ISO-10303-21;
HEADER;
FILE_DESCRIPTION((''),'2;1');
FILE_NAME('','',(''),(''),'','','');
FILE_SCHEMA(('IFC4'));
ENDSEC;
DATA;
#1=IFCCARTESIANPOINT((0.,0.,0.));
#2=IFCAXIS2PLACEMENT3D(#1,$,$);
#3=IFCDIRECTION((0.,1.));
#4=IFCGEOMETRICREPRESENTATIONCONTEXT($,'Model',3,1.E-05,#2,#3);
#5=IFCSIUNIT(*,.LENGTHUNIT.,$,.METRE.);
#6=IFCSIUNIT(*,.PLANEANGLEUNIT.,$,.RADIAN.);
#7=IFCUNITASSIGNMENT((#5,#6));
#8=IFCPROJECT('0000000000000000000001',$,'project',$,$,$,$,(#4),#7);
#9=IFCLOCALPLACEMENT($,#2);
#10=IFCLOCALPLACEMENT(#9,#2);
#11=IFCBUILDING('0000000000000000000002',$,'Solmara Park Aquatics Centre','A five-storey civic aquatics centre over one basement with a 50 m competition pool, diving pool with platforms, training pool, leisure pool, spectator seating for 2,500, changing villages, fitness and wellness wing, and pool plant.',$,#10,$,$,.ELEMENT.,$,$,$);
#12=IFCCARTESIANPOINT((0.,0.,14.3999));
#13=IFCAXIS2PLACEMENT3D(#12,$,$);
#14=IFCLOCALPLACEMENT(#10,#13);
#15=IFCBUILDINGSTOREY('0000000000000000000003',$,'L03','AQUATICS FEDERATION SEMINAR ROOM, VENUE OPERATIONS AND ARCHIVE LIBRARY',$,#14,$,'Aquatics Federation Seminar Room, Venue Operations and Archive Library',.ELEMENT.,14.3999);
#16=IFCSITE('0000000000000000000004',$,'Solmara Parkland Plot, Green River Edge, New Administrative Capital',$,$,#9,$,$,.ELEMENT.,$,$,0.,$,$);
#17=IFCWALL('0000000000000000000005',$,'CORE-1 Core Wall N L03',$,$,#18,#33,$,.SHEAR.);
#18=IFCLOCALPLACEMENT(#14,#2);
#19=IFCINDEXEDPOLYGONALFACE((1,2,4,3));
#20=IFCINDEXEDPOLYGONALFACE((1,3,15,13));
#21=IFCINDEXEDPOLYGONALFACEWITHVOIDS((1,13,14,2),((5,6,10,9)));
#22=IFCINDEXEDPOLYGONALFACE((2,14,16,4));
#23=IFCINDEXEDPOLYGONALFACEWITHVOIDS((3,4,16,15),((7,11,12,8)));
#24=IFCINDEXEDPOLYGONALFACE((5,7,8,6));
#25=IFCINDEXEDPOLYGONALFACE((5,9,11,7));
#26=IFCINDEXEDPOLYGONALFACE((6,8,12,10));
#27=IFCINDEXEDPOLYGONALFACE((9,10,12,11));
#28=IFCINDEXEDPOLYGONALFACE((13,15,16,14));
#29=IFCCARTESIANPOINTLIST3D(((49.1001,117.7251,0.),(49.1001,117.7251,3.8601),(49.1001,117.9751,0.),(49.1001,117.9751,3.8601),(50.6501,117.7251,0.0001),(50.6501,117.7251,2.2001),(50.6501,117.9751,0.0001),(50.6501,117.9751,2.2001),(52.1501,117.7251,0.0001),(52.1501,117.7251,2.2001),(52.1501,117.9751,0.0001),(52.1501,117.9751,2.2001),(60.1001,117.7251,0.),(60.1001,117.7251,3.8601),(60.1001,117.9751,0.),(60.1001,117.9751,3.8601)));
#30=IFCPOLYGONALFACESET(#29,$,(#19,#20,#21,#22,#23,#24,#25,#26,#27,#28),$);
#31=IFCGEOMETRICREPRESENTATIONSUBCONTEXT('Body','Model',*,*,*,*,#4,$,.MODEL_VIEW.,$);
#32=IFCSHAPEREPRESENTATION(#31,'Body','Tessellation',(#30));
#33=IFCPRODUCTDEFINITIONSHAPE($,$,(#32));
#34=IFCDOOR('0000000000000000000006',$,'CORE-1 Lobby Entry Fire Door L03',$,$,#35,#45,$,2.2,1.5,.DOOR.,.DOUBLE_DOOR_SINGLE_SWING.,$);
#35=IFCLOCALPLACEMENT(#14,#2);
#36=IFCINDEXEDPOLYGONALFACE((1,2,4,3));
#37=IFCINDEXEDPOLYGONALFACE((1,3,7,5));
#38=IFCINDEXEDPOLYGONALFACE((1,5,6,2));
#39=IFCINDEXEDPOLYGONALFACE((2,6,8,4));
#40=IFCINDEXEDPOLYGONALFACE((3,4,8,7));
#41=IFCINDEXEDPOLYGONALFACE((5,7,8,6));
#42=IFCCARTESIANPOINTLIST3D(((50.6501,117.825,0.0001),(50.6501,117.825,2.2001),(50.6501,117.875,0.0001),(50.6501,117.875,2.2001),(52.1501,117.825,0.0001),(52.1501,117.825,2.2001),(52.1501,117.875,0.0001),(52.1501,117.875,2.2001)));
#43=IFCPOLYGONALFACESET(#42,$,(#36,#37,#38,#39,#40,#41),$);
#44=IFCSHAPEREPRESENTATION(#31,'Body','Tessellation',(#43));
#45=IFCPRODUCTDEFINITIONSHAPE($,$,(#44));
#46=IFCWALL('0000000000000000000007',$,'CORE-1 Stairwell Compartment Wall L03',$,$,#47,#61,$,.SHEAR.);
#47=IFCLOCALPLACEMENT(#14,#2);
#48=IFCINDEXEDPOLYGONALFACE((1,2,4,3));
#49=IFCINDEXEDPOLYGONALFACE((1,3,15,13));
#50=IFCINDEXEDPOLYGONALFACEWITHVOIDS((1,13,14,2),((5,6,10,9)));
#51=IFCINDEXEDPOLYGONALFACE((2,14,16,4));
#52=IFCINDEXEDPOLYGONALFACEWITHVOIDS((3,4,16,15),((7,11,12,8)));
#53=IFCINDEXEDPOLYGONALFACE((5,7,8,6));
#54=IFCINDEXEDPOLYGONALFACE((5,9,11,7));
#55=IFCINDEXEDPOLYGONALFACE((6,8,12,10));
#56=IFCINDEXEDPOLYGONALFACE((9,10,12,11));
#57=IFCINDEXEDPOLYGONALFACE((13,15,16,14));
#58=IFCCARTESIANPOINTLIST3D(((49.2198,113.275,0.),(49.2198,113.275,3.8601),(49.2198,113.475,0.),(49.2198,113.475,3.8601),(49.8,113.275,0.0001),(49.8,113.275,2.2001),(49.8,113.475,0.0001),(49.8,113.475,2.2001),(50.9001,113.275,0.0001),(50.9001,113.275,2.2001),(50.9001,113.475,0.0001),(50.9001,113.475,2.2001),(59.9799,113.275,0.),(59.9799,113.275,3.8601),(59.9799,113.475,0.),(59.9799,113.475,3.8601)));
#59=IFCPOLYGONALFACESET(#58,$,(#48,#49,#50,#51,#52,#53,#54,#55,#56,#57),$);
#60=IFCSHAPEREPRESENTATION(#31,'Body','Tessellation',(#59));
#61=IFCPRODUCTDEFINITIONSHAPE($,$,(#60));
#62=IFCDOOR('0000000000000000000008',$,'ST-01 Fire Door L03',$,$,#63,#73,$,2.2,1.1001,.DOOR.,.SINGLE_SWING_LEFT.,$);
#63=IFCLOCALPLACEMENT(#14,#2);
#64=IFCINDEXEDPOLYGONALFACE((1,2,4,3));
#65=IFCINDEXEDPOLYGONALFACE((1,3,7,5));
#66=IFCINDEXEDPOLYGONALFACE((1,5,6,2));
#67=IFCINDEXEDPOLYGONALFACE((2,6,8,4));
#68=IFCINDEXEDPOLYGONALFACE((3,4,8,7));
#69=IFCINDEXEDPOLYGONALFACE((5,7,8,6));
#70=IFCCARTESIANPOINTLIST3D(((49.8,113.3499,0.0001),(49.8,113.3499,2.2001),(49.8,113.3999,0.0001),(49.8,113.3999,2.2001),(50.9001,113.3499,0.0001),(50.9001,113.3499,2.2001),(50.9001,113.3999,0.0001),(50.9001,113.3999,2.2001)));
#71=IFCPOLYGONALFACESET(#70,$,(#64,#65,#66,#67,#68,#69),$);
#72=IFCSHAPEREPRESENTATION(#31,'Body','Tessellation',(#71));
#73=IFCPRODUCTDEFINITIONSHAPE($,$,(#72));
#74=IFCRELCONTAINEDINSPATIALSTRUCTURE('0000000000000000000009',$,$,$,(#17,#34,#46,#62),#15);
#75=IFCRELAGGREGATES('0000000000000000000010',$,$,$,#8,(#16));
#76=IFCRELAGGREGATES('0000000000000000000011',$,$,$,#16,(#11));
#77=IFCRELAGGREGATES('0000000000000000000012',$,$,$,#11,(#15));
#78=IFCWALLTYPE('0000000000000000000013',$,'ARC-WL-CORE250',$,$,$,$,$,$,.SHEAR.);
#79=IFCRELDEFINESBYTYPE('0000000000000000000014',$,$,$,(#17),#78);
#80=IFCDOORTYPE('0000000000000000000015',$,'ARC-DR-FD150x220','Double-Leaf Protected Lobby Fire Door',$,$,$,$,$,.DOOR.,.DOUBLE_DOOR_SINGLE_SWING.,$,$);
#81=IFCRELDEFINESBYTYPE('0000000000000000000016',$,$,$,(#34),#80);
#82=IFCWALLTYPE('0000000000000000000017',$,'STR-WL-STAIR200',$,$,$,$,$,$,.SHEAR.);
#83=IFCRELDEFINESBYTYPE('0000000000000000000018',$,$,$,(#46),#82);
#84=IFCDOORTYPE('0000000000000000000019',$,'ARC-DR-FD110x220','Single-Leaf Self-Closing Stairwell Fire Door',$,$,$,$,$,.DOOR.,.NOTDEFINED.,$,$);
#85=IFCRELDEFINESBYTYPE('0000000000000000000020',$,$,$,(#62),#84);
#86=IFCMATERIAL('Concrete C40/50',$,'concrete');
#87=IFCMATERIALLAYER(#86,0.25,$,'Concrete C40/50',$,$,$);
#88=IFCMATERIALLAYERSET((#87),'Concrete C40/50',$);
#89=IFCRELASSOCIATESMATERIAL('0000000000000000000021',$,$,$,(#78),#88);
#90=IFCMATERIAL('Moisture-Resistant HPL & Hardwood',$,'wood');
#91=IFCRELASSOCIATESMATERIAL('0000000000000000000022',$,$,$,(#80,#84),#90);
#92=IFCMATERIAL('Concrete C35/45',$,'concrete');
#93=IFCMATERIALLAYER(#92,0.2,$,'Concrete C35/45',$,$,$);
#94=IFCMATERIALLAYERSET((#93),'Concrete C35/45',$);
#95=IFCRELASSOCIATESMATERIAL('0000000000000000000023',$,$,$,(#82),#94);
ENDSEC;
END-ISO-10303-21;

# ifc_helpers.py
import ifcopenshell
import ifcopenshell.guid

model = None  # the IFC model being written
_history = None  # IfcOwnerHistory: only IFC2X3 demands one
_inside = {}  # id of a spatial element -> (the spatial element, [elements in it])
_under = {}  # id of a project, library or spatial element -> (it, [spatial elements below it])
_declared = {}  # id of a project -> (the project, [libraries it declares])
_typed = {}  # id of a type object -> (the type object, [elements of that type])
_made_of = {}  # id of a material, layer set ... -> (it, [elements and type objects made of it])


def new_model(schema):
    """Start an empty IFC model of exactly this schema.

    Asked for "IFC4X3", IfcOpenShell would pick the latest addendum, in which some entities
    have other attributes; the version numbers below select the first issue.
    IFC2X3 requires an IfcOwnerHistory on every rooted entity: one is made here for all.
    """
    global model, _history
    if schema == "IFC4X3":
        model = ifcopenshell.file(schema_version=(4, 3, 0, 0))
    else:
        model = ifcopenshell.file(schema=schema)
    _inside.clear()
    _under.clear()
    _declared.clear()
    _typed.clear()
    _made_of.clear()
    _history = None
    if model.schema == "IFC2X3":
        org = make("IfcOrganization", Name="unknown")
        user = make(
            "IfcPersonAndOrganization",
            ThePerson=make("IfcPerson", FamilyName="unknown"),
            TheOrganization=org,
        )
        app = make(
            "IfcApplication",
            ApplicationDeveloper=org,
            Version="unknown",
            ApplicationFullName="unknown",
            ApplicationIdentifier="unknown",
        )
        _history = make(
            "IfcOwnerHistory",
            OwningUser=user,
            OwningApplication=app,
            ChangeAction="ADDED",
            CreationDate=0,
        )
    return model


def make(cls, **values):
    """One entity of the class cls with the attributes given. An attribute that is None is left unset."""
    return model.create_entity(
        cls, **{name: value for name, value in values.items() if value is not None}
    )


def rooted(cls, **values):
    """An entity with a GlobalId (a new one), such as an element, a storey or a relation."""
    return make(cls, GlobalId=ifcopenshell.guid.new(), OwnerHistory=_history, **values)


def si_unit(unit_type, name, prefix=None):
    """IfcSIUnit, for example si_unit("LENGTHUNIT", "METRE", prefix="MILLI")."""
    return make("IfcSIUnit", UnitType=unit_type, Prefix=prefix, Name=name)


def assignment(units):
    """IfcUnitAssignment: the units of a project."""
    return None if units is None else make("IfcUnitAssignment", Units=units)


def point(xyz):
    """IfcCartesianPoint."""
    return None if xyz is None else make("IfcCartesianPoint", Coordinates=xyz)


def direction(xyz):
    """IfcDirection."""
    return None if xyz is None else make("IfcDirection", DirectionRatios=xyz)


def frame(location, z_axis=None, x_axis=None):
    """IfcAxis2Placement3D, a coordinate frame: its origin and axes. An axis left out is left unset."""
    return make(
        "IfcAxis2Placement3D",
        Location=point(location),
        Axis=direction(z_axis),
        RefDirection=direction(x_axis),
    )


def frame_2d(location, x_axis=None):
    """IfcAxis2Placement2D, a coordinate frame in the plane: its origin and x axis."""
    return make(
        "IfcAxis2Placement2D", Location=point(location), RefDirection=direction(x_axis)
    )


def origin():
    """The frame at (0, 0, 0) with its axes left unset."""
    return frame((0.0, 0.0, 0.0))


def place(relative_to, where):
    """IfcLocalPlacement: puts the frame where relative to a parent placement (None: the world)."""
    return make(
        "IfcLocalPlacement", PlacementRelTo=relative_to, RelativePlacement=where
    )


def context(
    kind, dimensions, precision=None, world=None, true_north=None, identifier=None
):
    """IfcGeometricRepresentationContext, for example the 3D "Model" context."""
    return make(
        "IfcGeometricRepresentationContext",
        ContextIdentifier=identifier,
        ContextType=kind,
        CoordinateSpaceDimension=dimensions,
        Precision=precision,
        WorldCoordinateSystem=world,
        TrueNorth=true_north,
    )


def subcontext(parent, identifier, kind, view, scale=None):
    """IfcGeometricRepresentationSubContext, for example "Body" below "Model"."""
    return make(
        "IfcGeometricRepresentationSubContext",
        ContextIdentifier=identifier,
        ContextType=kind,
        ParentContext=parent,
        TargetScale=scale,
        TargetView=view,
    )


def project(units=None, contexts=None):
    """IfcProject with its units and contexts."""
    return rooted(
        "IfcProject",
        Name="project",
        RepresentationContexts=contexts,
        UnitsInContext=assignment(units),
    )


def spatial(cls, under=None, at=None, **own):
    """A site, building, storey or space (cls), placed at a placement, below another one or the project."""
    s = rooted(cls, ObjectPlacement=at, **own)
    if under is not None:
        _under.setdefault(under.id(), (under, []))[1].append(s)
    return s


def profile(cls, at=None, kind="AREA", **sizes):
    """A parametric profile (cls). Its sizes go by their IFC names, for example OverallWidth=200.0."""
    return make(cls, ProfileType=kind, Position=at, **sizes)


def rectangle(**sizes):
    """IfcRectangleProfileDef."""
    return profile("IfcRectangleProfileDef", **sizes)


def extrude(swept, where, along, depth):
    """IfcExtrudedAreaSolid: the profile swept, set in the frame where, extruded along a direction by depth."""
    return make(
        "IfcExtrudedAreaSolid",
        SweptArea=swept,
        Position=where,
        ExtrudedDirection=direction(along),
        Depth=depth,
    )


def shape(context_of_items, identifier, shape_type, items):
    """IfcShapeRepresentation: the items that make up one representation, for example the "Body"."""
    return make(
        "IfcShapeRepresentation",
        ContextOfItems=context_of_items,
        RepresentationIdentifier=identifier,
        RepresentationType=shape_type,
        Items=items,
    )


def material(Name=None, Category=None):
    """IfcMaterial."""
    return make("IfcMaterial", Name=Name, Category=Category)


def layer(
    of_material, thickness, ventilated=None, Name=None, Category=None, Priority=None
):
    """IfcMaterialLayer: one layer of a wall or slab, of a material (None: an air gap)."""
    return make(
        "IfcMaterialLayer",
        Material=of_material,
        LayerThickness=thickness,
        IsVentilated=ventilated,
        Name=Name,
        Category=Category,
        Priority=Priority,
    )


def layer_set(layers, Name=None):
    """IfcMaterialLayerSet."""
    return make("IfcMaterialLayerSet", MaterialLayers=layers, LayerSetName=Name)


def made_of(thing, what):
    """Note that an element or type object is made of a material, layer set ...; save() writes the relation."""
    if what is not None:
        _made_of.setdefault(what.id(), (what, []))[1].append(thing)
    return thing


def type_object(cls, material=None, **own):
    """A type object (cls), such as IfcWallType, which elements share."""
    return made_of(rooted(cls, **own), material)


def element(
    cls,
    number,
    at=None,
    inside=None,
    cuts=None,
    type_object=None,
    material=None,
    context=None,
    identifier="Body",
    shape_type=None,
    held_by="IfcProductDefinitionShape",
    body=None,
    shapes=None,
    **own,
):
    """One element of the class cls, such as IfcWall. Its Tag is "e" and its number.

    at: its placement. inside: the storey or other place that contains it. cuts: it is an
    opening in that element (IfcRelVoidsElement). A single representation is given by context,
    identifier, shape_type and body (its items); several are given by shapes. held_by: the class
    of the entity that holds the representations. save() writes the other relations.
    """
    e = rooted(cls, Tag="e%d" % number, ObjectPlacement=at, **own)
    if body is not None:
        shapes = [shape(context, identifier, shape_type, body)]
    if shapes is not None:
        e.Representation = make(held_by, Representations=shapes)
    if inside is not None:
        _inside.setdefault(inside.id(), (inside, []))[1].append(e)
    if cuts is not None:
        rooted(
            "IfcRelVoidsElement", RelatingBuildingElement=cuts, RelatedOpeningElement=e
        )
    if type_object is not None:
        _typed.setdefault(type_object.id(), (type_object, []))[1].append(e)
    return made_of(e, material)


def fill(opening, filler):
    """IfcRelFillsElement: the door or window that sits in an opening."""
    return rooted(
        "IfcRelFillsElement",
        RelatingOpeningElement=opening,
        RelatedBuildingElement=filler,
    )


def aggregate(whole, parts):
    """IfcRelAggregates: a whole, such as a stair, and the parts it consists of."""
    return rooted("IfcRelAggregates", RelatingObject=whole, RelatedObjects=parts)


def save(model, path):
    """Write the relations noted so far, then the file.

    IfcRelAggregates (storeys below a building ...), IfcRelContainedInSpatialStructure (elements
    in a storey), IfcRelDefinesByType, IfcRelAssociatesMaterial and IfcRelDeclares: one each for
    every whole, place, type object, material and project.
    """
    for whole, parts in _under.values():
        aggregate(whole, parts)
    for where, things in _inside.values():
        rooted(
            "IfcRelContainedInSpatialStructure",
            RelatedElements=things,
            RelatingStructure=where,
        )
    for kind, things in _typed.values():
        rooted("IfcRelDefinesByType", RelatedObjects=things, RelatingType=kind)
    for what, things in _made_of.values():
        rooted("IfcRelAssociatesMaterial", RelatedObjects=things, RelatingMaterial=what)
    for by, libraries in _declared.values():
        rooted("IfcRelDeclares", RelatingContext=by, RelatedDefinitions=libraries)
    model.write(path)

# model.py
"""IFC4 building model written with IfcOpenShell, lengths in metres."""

from ifc_helpers import new_model, si_unit, direction, frame, frame_2d, origin, place, context, subcontext, project, spatial, rectangle, extrude, material, layer, layer_set, type_object, element, fill, save


model = new_model("IFC4")

# Units and contexts
model_context = context("Model", 3, precision=1e-05, world=origin(), true_north=direction((0.0, 1.0)))
body_context = subcontext(model_context, "Body", "Model", "MODEL_VIEW")
ifc_project = project(units=[si_unit("LENGTHUNIT", "METRE"), si_unit("PLANEANGLEUNIT", "RADIAN")], contexts=[model_context])

# Site, building, storey
site_placement = place(None, origin())
site = spatial("IfcSite", under=ifc_project, at=site_placement, Name="Solmara Parkland Plot, Green River Edge, New Administrative Capital", CompositionType="ELEMENT", RefElevation=0.0)
building_placement = place(site_placement, origin())
building = spatial("IfcBuilding", under=site, at=building_placement, Name="Solmara Park Aquatics Centre", Description="A five-storey civic aquatics centre over one basement with a 50 m competition pool, diving pool with platforms, training pool, leisure pool, spectator seating for 2,500, changing villages, fitness and wellness wing, and pool plant.", CompositionType="ELEMENT")
storey_placement = place(building_placement, frame((0.0, 0.0, 14.3999)))
storey = spatial("IfcBuildingStorey", under=building, at=storey_placement, Name="L03", Description="AQUATICS FEDERATION SEMINAR ROOM, VENUE OPERATIONS AND ARCHIVE LIBRARY", LongName="Aquatics Federation Seminar Room, Venue Operations and Archive Library", CompositionType="ELEMENT", Elevation=14.3999)

# Shared definitions
ifc_material_1 = material(Name="Concrete C40/50", Category="concrete")

# Walls, openings, doors
ifc_material_2 = material(Name="Moisture-Resistant HPL & Hardwood", Category="wood")
ifc_layer_1 = layer(ifc_material_1, 0.25, Name="Concrete C40/50")
ifc_layer_set_1 = layer_set([ifc_layer_1], Name="Concrete C40/50")
wall_type_1 = type_object("IfcWallType", Name="ARC-WL-CORE250", PredefinedType="SHEAR", material=ifc_layer_set_1)
wall_1_placement = place(storey_placement, frame((49.1001, 117.8501, 0.0), z_axis=(0.0, 0.0, 1.0), x_axis=(1.0, 0.0, 0.0)))
wall_1 = element("IfcWall", 1, at=wall_1_placement, inside=storey, type_object=wall_type_1, Name="CORE-1 Core Wall N L03", PredefinedType="SHEAR", context=body_context, shape_type="SweptSolid", body=[
    extrude(rectangle(XDim=11.0, YDim=0.25, at=frame_2d((5.5, 0.0))), origin(), (0.0, 0.0, 1.0), 3.8601),
])
opening_1_placement = place(wall_1_placement, frame((1.55, 0.0, 0.0)))
opening_1 = element("IfcOpeningElement", 2, at=opening_1_placement, cuts=wall_1, PredefinedType="OPENING", context=body_context, shape_type="SweptSolid", body=[
    extrude(rectangle(XDim=1.5, YDim=2.2, at=frame_2d((0.75, 1.1001))), frame((0.0, 0.135, 0.0), z_axis=(0.0, -1.0, 0.0), x_axis=(1.0, 0.0, 0.0)), (0.0, 0.0, 1.0), 0.27),
])
door_type_1 = type_object("IfcDoorType", Name="ARC-DR-FD150x220", Description="Double-Leaf Protected Lobby Fire Door", OperationType="DOUBLE_DOOR_SINGLE_SWING", PredefinedType="DOOR", material=ifc_material_2)
door_1_placement = place(opening_1_placement, origin())
door_1 = element("IfcDoor", 3, at=door_1_placement, inside=storey, type_object=door_type_1, Name="CORE-1 Lobby Entry Fire Door L03", OperationType="DOUBLE_DOOR_SINGLE_SWING", OverallHeight=2.2, OverallWidth=1.5, PredefinedType="DOOR", context=body_context, shape_type="SweptSolid", body=[
    extrude(rectangle(XDim=1.5, YDim=2.2, at=frame_2d((0.75, 1.1001))), frame((0.0, 0.0249, 0.0), z_axis=(0.0, -1.0, 0.0), x_axis=(1.0, 0.0, 0.0)), (0.0, 0.0, 1.0), 0.05),
])
fill(opening_1, door_1)
ifc_material_3 = material(Name="Concrete C35/45", Category="concrete")
ifc_layer_2 = layer(ifc_material_3, 0.2, Name="Concrete C35/45")
ifc_layer_set_2 = layer_set([ifc_layer_2], Name="Concrete C35/45")
wall_type_2 = type_object("IfcWallType", Name="STR-WL-STAIR200", PredefinedType="SHEAR", material=ifc_layer_set_2)
wall_2_placement = place(storey_placement, frame((49.22, 113.375, 0.0), z_axis=(0.0, 0.0, 1.0), x_axis=(1.0, 0.0, 0.0)))
wall_2 = element("IfcWall", 4, at=wall_2_placement, inside=storey, type_object=wall_type_2, Name="CORE-1 Stairwell Compartment Wall L03", PredefinedType="SHEAR", context=body_context, shape_type="SweptSolid", body=[
    extrude(rectangle(XDim=10.76, YDim=0.2, at=frame_2d((5.3799, 0.0))), origin(), (0.0, 0.0, 1.0), 3.8601),
])
opening_2_placement = place(wall_2_placement, frame((0.5801, 0.0, 0.0)))
opening_2 = element("IfcOpeningElement", 5, at=opening_2_placement, cuts=wall_2, PredefinedType="OPENING", context=body_context, shape_type="SweptSolid", body=[
    extrude(rectangle(XDim=1.1001, YDim=2.2, at=frame_2d((0.55, 1.1001))), frame((0.0, 0.1099, 0.0), z_axis=(0.0, -1.0, 0.0), x_axis=(1.0, 0.0, 0.0)), (0.0, 0.0, 1.0), 0.22),
])
door_type_2 = type_object("IfcDoorType", Name="ARC-DR-FD110x220", Description="Single-Leaf Self-Closing Stairwell Fire Door", OperationType="NOTDEFINED", PredefinedType="DOOR", material=ifc_material_2)
door_2_placement = place(opening_2_placement, origin())
door_2 = element("IfcDoor", 6, at=door_2_placement, inside=storey, type_object=door_type_2, Name="ST-01 Fire Door L03", OperationType="SINGLE_SWING_LEFT", OverallHeight=2.2, OverallWidth=1.1001, PredefinedType="DOOR", context=body_context, shape_type="SweptSolid", body=[
    extrude(rectangle(XDim=1.1001, YDim=2.2, at=frame_2d((0.55, 1.1001))), frame((0.0, 0.0249, 0.0), z_axis=(0.0, -1.0, 0.0), x_axis=(1.0, 0.0, 0.0)), (0.0, 0.0, 1.0), 0.05),
])
fill(opening_2, door_2)

save(model, "model.ifc")
